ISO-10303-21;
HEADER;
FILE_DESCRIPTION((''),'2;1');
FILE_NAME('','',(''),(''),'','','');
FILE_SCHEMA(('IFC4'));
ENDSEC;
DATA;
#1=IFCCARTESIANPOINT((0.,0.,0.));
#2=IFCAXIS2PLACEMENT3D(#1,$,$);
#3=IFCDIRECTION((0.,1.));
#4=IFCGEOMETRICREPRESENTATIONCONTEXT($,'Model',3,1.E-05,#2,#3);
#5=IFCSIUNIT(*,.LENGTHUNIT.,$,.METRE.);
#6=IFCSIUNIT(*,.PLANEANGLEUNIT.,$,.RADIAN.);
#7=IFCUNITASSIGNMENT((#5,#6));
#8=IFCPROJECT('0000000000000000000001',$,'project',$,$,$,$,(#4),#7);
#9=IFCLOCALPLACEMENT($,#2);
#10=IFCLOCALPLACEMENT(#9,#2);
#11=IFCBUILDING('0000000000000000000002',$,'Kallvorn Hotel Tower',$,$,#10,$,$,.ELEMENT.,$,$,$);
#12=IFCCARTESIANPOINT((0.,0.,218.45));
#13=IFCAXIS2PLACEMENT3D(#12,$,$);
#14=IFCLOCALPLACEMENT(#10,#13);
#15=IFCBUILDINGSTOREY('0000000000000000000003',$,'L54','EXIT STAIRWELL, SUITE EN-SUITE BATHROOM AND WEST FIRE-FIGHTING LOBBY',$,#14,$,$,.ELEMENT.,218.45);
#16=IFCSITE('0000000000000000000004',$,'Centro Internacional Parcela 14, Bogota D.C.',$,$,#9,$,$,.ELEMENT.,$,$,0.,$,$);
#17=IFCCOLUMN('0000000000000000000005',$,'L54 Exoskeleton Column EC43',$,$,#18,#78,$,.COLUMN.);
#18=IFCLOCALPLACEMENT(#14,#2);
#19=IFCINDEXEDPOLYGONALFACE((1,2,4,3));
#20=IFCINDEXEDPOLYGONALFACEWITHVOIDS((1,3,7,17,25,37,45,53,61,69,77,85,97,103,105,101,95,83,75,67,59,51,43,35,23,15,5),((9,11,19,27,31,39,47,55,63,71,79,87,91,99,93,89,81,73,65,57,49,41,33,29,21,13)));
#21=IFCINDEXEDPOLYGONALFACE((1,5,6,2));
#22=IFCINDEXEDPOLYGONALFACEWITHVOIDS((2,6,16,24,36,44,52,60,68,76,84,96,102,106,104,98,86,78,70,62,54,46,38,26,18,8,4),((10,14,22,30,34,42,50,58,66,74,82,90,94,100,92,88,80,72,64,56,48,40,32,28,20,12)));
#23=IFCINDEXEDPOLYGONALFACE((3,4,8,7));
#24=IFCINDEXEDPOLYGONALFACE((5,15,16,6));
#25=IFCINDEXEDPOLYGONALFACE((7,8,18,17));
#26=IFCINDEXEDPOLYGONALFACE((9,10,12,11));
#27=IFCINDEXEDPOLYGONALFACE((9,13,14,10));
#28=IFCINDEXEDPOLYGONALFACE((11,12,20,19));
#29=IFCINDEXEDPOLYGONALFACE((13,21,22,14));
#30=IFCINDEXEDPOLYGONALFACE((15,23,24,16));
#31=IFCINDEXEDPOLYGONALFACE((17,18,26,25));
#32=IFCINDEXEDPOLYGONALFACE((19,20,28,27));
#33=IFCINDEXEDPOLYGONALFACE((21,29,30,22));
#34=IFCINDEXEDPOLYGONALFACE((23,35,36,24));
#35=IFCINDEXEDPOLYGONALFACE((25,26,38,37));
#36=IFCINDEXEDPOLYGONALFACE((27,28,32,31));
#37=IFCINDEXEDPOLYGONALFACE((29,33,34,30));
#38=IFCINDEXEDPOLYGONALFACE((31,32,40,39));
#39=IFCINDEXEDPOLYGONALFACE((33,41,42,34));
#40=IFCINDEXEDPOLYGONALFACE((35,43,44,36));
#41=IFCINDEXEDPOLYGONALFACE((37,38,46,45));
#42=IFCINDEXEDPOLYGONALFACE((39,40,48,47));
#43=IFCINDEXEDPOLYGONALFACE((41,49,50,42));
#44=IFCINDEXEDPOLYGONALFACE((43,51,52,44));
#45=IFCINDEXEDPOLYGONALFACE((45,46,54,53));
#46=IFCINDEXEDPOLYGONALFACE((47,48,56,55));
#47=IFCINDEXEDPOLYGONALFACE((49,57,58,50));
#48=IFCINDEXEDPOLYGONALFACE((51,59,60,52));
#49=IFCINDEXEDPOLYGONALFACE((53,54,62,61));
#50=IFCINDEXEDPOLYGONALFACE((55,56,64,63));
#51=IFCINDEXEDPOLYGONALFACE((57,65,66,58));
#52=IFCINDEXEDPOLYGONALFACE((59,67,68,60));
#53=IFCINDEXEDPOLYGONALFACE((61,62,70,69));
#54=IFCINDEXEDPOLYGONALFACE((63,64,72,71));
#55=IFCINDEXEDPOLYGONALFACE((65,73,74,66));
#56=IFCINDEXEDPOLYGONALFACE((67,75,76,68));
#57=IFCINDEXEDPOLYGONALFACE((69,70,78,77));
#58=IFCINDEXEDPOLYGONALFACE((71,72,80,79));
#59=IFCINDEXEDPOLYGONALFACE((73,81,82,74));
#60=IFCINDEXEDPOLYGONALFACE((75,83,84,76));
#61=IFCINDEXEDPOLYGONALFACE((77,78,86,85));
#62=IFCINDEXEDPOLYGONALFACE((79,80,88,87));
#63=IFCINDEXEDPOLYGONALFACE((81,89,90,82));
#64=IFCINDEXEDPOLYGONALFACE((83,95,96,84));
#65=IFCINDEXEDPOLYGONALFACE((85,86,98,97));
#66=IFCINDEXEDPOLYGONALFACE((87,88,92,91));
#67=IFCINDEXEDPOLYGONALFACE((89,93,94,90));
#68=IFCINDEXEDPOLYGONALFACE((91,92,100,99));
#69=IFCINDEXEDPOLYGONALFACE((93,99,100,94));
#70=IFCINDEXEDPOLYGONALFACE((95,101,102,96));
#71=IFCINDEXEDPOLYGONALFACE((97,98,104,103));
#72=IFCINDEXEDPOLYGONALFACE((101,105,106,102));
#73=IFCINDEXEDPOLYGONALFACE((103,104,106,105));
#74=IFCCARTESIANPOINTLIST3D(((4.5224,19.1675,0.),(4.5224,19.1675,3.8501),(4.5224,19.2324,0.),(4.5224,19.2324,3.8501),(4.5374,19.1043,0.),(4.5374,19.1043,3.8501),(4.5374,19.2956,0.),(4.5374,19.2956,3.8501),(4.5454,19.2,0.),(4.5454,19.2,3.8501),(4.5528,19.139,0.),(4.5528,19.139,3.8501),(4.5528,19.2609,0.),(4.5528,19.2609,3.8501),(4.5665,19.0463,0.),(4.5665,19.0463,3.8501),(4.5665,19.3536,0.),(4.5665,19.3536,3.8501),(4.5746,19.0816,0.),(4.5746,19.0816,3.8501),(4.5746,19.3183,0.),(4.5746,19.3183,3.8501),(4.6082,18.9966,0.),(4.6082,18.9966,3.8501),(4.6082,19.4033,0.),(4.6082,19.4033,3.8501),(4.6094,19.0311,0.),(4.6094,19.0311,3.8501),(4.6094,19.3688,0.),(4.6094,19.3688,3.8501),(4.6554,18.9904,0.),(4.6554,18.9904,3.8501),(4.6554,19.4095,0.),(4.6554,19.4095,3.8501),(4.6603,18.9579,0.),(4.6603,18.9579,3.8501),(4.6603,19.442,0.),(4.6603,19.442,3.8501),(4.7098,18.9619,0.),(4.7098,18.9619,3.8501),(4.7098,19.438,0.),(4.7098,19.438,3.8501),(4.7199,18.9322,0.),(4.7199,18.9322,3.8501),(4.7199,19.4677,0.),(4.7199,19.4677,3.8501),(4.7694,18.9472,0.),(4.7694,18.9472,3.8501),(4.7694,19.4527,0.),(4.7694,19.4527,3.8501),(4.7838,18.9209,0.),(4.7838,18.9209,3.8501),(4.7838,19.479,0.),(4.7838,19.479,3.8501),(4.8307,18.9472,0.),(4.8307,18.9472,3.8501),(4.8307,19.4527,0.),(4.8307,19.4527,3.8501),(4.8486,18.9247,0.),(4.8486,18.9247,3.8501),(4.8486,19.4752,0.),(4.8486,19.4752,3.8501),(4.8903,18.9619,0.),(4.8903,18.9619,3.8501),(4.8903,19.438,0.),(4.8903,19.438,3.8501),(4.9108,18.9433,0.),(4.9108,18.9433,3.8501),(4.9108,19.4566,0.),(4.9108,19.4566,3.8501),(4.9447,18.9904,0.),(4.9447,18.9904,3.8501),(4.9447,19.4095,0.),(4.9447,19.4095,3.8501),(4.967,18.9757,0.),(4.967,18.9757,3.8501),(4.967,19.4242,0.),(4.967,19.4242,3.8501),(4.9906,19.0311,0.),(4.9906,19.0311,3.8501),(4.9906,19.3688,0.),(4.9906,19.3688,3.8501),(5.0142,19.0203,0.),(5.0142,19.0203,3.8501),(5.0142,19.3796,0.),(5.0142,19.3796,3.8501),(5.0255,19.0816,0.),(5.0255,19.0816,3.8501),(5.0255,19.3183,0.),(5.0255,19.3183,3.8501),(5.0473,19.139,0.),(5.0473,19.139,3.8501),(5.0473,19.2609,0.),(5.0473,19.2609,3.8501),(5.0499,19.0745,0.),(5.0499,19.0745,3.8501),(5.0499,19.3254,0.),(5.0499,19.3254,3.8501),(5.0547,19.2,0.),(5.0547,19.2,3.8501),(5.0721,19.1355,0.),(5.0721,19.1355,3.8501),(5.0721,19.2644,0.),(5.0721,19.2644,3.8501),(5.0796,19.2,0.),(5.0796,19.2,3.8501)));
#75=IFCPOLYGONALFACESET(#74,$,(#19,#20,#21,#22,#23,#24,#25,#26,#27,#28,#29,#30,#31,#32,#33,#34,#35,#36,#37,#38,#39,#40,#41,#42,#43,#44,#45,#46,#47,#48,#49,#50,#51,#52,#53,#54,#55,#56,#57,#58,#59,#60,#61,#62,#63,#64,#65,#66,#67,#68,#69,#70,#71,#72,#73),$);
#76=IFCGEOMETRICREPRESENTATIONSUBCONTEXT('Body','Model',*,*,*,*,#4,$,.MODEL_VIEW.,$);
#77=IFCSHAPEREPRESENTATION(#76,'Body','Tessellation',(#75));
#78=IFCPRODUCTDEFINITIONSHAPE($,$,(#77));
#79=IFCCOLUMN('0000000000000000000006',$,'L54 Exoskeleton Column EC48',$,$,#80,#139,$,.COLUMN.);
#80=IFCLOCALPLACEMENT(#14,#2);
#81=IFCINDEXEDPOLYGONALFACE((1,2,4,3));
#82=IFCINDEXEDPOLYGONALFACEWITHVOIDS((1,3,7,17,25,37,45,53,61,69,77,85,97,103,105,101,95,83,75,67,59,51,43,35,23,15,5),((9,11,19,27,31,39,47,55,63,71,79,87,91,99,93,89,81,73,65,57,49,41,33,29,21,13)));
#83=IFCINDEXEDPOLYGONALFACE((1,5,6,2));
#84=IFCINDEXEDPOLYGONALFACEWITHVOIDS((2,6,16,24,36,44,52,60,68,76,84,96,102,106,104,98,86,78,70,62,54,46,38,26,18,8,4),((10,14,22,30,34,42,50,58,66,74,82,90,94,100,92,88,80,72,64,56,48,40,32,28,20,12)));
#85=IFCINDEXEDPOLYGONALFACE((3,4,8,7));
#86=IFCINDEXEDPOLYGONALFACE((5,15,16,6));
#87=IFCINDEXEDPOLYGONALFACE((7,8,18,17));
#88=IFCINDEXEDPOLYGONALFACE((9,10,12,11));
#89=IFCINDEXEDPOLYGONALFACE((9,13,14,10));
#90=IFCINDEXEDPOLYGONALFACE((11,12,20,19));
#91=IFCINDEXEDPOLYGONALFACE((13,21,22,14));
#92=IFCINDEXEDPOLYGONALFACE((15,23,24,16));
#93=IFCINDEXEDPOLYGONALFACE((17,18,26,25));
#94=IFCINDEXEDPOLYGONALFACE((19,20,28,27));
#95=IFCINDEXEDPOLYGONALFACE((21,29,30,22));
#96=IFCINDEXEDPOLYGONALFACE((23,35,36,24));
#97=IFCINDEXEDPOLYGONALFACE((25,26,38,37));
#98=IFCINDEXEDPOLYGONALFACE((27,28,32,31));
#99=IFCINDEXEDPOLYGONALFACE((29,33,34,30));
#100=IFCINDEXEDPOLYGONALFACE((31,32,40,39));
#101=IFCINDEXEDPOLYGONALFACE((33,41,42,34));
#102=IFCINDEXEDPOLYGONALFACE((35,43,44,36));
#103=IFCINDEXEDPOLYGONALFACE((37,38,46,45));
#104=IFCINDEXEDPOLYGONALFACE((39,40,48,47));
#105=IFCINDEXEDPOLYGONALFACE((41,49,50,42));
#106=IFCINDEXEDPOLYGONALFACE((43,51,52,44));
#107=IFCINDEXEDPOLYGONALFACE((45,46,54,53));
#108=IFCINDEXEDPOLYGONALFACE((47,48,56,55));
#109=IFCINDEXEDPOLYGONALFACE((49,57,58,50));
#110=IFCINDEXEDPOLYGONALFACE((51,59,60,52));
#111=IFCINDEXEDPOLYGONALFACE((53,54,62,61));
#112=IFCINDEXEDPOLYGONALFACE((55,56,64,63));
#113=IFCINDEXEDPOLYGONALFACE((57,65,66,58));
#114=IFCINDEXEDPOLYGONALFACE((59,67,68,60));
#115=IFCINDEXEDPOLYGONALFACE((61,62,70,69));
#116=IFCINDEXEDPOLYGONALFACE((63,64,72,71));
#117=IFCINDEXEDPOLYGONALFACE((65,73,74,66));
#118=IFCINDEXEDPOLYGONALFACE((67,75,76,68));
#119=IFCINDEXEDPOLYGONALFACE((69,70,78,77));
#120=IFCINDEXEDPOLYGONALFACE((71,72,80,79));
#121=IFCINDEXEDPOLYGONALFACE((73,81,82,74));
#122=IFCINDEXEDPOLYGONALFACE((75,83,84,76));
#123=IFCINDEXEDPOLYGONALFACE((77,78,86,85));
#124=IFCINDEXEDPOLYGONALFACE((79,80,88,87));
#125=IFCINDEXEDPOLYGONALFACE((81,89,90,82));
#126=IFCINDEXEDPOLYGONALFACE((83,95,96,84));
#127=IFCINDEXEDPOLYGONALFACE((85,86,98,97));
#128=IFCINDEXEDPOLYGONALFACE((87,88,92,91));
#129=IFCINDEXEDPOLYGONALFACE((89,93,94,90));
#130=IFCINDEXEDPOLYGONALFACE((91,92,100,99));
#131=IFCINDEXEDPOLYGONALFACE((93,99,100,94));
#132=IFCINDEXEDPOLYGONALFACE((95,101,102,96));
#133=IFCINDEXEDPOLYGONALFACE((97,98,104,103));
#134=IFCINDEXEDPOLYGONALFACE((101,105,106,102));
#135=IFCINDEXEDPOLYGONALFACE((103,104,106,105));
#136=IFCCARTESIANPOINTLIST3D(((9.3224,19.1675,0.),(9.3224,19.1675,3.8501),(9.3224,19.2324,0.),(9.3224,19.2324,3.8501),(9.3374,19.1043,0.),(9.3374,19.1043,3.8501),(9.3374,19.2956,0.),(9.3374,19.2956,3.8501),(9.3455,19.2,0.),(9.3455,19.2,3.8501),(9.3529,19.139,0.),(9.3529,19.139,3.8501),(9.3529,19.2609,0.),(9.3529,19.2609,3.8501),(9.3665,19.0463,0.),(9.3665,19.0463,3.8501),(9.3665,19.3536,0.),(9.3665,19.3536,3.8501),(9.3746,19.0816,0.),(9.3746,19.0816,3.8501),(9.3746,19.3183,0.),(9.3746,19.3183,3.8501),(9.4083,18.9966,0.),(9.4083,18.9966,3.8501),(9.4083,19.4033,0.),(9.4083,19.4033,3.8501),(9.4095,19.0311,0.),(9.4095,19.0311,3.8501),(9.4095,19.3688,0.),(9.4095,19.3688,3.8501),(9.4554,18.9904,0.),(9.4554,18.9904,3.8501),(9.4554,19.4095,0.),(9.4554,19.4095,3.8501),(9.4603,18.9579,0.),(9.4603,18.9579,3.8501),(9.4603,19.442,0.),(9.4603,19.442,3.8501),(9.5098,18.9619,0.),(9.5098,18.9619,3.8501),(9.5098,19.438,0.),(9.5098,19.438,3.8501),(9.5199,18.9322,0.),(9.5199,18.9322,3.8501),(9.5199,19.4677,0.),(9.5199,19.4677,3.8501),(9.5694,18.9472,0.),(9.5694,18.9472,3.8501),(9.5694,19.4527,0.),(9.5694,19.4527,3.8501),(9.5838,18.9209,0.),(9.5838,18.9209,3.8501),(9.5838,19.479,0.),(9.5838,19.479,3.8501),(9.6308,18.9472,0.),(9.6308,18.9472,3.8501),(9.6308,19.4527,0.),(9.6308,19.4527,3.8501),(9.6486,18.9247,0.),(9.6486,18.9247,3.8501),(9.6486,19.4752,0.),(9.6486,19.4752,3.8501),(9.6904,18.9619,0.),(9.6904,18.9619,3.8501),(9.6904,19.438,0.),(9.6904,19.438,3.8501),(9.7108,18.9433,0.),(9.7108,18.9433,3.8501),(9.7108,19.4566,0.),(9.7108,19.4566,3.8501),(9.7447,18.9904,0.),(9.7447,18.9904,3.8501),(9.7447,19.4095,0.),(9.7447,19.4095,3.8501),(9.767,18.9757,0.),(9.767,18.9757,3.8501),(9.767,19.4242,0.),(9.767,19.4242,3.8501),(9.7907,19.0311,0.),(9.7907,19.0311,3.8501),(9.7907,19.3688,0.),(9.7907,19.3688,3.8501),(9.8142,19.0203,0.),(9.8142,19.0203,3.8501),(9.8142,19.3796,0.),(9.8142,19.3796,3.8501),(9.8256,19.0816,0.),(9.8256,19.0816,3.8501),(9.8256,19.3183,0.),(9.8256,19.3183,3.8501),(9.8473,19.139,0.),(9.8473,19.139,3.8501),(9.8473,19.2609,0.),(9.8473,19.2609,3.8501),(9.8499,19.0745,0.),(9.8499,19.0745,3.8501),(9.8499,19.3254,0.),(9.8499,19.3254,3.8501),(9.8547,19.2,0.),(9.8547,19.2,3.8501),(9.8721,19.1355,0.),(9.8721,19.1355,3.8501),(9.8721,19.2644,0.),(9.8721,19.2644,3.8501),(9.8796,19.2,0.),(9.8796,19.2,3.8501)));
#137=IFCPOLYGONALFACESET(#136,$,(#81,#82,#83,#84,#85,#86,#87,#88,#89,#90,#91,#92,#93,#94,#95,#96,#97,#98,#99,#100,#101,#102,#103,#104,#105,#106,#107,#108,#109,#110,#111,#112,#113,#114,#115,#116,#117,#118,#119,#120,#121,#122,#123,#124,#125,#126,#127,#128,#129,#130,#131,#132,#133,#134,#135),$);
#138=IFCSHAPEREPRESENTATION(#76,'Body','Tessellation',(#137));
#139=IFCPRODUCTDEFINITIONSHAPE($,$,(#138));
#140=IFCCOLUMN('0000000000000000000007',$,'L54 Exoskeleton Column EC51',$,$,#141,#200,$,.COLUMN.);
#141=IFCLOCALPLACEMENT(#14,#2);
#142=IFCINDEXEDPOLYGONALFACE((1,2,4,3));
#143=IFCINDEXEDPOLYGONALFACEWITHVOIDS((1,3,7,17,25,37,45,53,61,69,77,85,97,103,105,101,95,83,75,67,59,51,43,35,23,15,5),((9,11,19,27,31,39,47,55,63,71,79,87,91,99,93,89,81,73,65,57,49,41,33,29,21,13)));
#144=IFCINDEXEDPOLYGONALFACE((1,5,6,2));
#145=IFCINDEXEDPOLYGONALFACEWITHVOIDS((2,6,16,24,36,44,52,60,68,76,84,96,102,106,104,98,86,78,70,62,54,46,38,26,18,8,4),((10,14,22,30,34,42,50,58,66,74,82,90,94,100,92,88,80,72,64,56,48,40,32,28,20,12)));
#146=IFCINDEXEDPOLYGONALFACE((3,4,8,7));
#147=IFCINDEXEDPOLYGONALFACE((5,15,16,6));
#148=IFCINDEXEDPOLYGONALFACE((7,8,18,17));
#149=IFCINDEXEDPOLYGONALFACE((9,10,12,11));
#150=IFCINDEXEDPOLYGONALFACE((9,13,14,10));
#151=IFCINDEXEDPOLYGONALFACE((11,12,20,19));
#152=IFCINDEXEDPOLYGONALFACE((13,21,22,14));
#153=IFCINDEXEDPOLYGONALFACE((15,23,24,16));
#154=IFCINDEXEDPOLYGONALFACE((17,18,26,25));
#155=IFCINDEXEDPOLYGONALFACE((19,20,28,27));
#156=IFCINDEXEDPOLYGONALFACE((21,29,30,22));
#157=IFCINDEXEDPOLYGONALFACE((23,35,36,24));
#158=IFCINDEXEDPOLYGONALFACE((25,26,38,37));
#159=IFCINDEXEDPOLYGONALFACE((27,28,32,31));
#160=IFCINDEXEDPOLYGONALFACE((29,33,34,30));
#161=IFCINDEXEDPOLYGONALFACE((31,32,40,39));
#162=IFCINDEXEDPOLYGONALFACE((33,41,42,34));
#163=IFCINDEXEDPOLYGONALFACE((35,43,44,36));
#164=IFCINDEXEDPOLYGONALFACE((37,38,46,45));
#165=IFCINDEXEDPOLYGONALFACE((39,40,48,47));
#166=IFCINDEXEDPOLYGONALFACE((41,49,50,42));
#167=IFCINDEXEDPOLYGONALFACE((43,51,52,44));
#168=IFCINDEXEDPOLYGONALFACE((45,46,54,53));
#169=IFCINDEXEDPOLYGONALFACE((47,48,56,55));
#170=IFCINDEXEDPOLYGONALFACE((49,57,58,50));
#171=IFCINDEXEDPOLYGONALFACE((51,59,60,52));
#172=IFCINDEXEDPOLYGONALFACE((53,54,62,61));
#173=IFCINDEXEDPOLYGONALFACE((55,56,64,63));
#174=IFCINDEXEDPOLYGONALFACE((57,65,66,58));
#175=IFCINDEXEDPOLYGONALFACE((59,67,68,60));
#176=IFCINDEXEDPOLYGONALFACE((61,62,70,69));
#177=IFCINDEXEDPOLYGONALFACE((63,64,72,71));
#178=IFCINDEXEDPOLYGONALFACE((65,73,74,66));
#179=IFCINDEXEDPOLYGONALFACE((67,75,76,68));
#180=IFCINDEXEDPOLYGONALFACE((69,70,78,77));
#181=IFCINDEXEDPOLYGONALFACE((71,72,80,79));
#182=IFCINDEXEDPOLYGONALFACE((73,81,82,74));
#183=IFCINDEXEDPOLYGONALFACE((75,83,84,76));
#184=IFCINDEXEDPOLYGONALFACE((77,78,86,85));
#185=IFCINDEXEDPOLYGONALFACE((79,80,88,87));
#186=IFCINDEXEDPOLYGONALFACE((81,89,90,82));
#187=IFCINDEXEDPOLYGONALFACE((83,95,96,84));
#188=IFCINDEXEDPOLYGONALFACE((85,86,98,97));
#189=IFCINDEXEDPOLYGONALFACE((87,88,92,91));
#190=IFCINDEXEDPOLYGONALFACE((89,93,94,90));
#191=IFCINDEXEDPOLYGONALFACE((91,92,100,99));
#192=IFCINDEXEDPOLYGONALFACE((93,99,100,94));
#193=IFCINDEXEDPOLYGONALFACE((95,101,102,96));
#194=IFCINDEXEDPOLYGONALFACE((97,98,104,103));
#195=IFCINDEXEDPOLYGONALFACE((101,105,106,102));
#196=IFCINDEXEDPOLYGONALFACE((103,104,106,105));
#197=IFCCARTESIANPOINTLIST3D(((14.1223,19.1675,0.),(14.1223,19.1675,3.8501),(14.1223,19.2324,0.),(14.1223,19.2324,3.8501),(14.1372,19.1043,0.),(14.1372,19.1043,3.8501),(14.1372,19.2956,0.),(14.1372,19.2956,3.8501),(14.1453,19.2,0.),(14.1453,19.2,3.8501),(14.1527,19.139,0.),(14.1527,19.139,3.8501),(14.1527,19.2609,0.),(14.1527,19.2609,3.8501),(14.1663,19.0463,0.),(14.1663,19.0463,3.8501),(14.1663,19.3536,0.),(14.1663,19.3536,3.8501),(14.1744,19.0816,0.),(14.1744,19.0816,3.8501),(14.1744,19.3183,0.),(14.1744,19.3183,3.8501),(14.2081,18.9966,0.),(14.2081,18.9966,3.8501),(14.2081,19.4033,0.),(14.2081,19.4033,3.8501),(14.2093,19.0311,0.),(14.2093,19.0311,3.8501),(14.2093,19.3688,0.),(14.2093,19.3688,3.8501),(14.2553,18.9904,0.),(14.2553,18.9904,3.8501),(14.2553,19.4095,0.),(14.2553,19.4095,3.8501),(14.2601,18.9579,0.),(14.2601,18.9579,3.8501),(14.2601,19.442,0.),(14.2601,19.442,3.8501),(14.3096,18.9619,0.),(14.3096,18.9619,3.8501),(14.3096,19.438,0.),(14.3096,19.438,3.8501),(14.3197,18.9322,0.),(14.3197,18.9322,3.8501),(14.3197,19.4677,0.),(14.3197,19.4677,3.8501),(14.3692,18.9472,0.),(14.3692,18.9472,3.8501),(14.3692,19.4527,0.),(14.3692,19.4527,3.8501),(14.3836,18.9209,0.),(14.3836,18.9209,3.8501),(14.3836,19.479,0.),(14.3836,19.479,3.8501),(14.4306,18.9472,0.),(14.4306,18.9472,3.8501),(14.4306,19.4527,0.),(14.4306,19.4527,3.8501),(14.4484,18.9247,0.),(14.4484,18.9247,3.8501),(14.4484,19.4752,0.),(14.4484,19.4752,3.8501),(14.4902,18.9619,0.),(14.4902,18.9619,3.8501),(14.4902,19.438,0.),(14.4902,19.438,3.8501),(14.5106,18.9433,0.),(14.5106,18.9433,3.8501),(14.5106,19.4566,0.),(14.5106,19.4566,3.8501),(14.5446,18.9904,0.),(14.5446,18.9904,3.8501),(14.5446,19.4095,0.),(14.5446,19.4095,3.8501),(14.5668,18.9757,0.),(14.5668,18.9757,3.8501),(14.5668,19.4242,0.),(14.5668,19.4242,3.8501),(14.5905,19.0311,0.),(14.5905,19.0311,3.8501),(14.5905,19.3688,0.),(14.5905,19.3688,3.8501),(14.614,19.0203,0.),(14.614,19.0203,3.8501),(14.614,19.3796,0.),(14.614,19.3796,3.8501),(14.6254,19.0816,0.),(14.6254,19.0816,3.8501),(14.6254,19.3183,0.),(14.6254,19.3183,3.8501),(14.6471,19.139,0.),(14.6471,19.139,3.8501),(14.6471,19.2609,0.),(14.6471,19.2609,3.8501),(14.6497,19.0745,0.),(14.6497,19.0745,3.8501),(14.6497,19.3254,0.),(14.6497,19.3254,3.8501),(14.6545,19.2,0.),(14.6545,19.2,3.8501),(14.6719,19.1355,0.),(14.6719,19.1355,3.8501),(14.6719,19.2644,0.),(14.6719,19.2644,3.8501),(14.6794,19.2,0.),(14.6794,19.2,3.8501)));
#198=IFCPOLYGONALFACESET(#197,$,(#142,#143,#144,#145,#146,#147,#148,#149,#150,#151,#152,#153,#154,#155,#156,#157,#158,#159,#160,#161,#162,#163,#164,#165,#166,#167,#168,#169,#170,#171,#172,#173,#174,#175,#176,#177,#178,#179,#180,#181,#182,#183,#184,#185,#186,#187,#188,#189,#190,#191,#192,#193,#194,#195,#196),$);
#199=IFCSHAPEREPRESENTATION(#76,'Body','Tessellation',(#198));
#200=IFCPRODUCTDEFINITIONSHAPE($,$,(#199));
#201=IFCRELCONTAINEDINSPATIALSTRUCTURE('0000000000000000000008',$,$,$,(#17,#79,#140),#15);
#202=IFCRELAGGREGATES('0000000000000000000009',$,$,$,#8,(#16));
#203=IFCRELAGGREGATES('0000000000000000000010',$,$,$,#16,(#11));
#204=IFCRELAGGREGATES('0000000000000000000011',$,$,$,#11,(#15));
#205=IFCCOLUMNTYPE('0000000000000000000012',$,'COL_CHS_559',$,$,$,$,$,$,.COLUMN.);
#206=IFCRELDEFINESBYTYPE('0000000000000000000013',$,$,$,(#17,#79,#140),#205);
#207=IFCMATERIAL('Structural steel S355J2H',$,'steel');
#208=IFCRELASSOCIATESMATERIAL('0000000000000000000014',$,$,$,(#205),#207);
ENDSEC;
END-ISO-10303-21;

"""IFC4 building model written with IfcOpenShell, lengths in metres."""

from ifc_helpers import new_model, si_unit, direction, frame, origin, origin_2d, place, context, subcontext, project, spatial, hollow_circle, extrude, material, material_profile, profile_set, type_object, element, save


model = new_model("IFC4")

# Units and contexts
model_context = context("Model", 3, precision=1e-05, world=origin(), true_north=direction((0.0, 1.0)))
body_context = subcontext(model_context, "Body", "Model", "MODEL_VIEW")
ifc_project = project(units=[si_unit("LENGTHUNIT", "METRE"), si_unit("PLANEANGLEUNIT", "RADIAN")], contexts=[model_context])

# Site, building, storey
site_placement = place(None, origin())
site = spatial("IfcSite", under=ifc_project, at=site_placement, Name="Centro Internacional Parcela 14, Bogota D.C.", CompositionType="ELEMENT", RefElevation=0.0)
building_placement = place(site_placement, origin())
building = spatial("IfcBuilding", under=site, at=building_placement, Name="Kallvorn Hotel Tower", CompositionType="ELEMENT")
storey_placement = place(building_placement, frame((0.0, 0.0, 218.45)))
storey = spatial("IfcBuildingStorey", under=building, at=storey_placement, Name="L54", Description="EXIT STAIRWELL, SUITE EN-SUITE BATHROOM AND WEST FIRE-FIGHTING LOBBY", CompositionType="ELEMENT", Elevation=218.45)

# Columns
ifc_material_1 = material(Name="Structural steel S355J2H", Category="steel")
ifc_material_profile_1 = material_profile(ifc_material_1, hollow_circle(Radius=0.2795, WallThickness=0.0249, at=origin_2d()), Name="CHS 559x25")
ifc_profile_set_1 = profile_set([ifc_material_profile_1], Name="Structural steel S355J2H")
column_type_1 = type_object("IfcColumnType", Name="COL_CHS_559", PredefinedType="COLUMN", material=ifc_profile_set_1)
for number, where, z_axis, x_axis, name in (
    (1, (4.8, 19.2, 0.0), (0.0, 0.0, 1.0), (1.0, 0.0, 0.0), "L54 Exoskeleton Column EC43"),
    (2, (9.6001, 19.2, 0.0), (0.0, 0.0, 1.0), (1.0, 0.0, 0.0), "L54 Exoskeleton Column EC48"),
    (3, (14.3999, 19.2, 0.0), (0.0, 0.0, 1.0), (1.0, 0.0, 0.0), "L54 Exoskeleton Column EC51"),
):
    element("IfcColumn", number, at=place(storey_placement, frame(where, z_axis=z_axis, x_axis=x_axis)), inside=storey, type_object=column_type_1, Name=name, PredefinedType="COLUMN", context=body_context, shape_type="SweptSolid", body=[
        extrude(hollow_circle(Radius=0.2795, WallThickness=0.0249, at=origin_2d()), origin(), (0.0, 0.0, 1.0), 3.8501),
    ])

save(model, "model.ifc")
